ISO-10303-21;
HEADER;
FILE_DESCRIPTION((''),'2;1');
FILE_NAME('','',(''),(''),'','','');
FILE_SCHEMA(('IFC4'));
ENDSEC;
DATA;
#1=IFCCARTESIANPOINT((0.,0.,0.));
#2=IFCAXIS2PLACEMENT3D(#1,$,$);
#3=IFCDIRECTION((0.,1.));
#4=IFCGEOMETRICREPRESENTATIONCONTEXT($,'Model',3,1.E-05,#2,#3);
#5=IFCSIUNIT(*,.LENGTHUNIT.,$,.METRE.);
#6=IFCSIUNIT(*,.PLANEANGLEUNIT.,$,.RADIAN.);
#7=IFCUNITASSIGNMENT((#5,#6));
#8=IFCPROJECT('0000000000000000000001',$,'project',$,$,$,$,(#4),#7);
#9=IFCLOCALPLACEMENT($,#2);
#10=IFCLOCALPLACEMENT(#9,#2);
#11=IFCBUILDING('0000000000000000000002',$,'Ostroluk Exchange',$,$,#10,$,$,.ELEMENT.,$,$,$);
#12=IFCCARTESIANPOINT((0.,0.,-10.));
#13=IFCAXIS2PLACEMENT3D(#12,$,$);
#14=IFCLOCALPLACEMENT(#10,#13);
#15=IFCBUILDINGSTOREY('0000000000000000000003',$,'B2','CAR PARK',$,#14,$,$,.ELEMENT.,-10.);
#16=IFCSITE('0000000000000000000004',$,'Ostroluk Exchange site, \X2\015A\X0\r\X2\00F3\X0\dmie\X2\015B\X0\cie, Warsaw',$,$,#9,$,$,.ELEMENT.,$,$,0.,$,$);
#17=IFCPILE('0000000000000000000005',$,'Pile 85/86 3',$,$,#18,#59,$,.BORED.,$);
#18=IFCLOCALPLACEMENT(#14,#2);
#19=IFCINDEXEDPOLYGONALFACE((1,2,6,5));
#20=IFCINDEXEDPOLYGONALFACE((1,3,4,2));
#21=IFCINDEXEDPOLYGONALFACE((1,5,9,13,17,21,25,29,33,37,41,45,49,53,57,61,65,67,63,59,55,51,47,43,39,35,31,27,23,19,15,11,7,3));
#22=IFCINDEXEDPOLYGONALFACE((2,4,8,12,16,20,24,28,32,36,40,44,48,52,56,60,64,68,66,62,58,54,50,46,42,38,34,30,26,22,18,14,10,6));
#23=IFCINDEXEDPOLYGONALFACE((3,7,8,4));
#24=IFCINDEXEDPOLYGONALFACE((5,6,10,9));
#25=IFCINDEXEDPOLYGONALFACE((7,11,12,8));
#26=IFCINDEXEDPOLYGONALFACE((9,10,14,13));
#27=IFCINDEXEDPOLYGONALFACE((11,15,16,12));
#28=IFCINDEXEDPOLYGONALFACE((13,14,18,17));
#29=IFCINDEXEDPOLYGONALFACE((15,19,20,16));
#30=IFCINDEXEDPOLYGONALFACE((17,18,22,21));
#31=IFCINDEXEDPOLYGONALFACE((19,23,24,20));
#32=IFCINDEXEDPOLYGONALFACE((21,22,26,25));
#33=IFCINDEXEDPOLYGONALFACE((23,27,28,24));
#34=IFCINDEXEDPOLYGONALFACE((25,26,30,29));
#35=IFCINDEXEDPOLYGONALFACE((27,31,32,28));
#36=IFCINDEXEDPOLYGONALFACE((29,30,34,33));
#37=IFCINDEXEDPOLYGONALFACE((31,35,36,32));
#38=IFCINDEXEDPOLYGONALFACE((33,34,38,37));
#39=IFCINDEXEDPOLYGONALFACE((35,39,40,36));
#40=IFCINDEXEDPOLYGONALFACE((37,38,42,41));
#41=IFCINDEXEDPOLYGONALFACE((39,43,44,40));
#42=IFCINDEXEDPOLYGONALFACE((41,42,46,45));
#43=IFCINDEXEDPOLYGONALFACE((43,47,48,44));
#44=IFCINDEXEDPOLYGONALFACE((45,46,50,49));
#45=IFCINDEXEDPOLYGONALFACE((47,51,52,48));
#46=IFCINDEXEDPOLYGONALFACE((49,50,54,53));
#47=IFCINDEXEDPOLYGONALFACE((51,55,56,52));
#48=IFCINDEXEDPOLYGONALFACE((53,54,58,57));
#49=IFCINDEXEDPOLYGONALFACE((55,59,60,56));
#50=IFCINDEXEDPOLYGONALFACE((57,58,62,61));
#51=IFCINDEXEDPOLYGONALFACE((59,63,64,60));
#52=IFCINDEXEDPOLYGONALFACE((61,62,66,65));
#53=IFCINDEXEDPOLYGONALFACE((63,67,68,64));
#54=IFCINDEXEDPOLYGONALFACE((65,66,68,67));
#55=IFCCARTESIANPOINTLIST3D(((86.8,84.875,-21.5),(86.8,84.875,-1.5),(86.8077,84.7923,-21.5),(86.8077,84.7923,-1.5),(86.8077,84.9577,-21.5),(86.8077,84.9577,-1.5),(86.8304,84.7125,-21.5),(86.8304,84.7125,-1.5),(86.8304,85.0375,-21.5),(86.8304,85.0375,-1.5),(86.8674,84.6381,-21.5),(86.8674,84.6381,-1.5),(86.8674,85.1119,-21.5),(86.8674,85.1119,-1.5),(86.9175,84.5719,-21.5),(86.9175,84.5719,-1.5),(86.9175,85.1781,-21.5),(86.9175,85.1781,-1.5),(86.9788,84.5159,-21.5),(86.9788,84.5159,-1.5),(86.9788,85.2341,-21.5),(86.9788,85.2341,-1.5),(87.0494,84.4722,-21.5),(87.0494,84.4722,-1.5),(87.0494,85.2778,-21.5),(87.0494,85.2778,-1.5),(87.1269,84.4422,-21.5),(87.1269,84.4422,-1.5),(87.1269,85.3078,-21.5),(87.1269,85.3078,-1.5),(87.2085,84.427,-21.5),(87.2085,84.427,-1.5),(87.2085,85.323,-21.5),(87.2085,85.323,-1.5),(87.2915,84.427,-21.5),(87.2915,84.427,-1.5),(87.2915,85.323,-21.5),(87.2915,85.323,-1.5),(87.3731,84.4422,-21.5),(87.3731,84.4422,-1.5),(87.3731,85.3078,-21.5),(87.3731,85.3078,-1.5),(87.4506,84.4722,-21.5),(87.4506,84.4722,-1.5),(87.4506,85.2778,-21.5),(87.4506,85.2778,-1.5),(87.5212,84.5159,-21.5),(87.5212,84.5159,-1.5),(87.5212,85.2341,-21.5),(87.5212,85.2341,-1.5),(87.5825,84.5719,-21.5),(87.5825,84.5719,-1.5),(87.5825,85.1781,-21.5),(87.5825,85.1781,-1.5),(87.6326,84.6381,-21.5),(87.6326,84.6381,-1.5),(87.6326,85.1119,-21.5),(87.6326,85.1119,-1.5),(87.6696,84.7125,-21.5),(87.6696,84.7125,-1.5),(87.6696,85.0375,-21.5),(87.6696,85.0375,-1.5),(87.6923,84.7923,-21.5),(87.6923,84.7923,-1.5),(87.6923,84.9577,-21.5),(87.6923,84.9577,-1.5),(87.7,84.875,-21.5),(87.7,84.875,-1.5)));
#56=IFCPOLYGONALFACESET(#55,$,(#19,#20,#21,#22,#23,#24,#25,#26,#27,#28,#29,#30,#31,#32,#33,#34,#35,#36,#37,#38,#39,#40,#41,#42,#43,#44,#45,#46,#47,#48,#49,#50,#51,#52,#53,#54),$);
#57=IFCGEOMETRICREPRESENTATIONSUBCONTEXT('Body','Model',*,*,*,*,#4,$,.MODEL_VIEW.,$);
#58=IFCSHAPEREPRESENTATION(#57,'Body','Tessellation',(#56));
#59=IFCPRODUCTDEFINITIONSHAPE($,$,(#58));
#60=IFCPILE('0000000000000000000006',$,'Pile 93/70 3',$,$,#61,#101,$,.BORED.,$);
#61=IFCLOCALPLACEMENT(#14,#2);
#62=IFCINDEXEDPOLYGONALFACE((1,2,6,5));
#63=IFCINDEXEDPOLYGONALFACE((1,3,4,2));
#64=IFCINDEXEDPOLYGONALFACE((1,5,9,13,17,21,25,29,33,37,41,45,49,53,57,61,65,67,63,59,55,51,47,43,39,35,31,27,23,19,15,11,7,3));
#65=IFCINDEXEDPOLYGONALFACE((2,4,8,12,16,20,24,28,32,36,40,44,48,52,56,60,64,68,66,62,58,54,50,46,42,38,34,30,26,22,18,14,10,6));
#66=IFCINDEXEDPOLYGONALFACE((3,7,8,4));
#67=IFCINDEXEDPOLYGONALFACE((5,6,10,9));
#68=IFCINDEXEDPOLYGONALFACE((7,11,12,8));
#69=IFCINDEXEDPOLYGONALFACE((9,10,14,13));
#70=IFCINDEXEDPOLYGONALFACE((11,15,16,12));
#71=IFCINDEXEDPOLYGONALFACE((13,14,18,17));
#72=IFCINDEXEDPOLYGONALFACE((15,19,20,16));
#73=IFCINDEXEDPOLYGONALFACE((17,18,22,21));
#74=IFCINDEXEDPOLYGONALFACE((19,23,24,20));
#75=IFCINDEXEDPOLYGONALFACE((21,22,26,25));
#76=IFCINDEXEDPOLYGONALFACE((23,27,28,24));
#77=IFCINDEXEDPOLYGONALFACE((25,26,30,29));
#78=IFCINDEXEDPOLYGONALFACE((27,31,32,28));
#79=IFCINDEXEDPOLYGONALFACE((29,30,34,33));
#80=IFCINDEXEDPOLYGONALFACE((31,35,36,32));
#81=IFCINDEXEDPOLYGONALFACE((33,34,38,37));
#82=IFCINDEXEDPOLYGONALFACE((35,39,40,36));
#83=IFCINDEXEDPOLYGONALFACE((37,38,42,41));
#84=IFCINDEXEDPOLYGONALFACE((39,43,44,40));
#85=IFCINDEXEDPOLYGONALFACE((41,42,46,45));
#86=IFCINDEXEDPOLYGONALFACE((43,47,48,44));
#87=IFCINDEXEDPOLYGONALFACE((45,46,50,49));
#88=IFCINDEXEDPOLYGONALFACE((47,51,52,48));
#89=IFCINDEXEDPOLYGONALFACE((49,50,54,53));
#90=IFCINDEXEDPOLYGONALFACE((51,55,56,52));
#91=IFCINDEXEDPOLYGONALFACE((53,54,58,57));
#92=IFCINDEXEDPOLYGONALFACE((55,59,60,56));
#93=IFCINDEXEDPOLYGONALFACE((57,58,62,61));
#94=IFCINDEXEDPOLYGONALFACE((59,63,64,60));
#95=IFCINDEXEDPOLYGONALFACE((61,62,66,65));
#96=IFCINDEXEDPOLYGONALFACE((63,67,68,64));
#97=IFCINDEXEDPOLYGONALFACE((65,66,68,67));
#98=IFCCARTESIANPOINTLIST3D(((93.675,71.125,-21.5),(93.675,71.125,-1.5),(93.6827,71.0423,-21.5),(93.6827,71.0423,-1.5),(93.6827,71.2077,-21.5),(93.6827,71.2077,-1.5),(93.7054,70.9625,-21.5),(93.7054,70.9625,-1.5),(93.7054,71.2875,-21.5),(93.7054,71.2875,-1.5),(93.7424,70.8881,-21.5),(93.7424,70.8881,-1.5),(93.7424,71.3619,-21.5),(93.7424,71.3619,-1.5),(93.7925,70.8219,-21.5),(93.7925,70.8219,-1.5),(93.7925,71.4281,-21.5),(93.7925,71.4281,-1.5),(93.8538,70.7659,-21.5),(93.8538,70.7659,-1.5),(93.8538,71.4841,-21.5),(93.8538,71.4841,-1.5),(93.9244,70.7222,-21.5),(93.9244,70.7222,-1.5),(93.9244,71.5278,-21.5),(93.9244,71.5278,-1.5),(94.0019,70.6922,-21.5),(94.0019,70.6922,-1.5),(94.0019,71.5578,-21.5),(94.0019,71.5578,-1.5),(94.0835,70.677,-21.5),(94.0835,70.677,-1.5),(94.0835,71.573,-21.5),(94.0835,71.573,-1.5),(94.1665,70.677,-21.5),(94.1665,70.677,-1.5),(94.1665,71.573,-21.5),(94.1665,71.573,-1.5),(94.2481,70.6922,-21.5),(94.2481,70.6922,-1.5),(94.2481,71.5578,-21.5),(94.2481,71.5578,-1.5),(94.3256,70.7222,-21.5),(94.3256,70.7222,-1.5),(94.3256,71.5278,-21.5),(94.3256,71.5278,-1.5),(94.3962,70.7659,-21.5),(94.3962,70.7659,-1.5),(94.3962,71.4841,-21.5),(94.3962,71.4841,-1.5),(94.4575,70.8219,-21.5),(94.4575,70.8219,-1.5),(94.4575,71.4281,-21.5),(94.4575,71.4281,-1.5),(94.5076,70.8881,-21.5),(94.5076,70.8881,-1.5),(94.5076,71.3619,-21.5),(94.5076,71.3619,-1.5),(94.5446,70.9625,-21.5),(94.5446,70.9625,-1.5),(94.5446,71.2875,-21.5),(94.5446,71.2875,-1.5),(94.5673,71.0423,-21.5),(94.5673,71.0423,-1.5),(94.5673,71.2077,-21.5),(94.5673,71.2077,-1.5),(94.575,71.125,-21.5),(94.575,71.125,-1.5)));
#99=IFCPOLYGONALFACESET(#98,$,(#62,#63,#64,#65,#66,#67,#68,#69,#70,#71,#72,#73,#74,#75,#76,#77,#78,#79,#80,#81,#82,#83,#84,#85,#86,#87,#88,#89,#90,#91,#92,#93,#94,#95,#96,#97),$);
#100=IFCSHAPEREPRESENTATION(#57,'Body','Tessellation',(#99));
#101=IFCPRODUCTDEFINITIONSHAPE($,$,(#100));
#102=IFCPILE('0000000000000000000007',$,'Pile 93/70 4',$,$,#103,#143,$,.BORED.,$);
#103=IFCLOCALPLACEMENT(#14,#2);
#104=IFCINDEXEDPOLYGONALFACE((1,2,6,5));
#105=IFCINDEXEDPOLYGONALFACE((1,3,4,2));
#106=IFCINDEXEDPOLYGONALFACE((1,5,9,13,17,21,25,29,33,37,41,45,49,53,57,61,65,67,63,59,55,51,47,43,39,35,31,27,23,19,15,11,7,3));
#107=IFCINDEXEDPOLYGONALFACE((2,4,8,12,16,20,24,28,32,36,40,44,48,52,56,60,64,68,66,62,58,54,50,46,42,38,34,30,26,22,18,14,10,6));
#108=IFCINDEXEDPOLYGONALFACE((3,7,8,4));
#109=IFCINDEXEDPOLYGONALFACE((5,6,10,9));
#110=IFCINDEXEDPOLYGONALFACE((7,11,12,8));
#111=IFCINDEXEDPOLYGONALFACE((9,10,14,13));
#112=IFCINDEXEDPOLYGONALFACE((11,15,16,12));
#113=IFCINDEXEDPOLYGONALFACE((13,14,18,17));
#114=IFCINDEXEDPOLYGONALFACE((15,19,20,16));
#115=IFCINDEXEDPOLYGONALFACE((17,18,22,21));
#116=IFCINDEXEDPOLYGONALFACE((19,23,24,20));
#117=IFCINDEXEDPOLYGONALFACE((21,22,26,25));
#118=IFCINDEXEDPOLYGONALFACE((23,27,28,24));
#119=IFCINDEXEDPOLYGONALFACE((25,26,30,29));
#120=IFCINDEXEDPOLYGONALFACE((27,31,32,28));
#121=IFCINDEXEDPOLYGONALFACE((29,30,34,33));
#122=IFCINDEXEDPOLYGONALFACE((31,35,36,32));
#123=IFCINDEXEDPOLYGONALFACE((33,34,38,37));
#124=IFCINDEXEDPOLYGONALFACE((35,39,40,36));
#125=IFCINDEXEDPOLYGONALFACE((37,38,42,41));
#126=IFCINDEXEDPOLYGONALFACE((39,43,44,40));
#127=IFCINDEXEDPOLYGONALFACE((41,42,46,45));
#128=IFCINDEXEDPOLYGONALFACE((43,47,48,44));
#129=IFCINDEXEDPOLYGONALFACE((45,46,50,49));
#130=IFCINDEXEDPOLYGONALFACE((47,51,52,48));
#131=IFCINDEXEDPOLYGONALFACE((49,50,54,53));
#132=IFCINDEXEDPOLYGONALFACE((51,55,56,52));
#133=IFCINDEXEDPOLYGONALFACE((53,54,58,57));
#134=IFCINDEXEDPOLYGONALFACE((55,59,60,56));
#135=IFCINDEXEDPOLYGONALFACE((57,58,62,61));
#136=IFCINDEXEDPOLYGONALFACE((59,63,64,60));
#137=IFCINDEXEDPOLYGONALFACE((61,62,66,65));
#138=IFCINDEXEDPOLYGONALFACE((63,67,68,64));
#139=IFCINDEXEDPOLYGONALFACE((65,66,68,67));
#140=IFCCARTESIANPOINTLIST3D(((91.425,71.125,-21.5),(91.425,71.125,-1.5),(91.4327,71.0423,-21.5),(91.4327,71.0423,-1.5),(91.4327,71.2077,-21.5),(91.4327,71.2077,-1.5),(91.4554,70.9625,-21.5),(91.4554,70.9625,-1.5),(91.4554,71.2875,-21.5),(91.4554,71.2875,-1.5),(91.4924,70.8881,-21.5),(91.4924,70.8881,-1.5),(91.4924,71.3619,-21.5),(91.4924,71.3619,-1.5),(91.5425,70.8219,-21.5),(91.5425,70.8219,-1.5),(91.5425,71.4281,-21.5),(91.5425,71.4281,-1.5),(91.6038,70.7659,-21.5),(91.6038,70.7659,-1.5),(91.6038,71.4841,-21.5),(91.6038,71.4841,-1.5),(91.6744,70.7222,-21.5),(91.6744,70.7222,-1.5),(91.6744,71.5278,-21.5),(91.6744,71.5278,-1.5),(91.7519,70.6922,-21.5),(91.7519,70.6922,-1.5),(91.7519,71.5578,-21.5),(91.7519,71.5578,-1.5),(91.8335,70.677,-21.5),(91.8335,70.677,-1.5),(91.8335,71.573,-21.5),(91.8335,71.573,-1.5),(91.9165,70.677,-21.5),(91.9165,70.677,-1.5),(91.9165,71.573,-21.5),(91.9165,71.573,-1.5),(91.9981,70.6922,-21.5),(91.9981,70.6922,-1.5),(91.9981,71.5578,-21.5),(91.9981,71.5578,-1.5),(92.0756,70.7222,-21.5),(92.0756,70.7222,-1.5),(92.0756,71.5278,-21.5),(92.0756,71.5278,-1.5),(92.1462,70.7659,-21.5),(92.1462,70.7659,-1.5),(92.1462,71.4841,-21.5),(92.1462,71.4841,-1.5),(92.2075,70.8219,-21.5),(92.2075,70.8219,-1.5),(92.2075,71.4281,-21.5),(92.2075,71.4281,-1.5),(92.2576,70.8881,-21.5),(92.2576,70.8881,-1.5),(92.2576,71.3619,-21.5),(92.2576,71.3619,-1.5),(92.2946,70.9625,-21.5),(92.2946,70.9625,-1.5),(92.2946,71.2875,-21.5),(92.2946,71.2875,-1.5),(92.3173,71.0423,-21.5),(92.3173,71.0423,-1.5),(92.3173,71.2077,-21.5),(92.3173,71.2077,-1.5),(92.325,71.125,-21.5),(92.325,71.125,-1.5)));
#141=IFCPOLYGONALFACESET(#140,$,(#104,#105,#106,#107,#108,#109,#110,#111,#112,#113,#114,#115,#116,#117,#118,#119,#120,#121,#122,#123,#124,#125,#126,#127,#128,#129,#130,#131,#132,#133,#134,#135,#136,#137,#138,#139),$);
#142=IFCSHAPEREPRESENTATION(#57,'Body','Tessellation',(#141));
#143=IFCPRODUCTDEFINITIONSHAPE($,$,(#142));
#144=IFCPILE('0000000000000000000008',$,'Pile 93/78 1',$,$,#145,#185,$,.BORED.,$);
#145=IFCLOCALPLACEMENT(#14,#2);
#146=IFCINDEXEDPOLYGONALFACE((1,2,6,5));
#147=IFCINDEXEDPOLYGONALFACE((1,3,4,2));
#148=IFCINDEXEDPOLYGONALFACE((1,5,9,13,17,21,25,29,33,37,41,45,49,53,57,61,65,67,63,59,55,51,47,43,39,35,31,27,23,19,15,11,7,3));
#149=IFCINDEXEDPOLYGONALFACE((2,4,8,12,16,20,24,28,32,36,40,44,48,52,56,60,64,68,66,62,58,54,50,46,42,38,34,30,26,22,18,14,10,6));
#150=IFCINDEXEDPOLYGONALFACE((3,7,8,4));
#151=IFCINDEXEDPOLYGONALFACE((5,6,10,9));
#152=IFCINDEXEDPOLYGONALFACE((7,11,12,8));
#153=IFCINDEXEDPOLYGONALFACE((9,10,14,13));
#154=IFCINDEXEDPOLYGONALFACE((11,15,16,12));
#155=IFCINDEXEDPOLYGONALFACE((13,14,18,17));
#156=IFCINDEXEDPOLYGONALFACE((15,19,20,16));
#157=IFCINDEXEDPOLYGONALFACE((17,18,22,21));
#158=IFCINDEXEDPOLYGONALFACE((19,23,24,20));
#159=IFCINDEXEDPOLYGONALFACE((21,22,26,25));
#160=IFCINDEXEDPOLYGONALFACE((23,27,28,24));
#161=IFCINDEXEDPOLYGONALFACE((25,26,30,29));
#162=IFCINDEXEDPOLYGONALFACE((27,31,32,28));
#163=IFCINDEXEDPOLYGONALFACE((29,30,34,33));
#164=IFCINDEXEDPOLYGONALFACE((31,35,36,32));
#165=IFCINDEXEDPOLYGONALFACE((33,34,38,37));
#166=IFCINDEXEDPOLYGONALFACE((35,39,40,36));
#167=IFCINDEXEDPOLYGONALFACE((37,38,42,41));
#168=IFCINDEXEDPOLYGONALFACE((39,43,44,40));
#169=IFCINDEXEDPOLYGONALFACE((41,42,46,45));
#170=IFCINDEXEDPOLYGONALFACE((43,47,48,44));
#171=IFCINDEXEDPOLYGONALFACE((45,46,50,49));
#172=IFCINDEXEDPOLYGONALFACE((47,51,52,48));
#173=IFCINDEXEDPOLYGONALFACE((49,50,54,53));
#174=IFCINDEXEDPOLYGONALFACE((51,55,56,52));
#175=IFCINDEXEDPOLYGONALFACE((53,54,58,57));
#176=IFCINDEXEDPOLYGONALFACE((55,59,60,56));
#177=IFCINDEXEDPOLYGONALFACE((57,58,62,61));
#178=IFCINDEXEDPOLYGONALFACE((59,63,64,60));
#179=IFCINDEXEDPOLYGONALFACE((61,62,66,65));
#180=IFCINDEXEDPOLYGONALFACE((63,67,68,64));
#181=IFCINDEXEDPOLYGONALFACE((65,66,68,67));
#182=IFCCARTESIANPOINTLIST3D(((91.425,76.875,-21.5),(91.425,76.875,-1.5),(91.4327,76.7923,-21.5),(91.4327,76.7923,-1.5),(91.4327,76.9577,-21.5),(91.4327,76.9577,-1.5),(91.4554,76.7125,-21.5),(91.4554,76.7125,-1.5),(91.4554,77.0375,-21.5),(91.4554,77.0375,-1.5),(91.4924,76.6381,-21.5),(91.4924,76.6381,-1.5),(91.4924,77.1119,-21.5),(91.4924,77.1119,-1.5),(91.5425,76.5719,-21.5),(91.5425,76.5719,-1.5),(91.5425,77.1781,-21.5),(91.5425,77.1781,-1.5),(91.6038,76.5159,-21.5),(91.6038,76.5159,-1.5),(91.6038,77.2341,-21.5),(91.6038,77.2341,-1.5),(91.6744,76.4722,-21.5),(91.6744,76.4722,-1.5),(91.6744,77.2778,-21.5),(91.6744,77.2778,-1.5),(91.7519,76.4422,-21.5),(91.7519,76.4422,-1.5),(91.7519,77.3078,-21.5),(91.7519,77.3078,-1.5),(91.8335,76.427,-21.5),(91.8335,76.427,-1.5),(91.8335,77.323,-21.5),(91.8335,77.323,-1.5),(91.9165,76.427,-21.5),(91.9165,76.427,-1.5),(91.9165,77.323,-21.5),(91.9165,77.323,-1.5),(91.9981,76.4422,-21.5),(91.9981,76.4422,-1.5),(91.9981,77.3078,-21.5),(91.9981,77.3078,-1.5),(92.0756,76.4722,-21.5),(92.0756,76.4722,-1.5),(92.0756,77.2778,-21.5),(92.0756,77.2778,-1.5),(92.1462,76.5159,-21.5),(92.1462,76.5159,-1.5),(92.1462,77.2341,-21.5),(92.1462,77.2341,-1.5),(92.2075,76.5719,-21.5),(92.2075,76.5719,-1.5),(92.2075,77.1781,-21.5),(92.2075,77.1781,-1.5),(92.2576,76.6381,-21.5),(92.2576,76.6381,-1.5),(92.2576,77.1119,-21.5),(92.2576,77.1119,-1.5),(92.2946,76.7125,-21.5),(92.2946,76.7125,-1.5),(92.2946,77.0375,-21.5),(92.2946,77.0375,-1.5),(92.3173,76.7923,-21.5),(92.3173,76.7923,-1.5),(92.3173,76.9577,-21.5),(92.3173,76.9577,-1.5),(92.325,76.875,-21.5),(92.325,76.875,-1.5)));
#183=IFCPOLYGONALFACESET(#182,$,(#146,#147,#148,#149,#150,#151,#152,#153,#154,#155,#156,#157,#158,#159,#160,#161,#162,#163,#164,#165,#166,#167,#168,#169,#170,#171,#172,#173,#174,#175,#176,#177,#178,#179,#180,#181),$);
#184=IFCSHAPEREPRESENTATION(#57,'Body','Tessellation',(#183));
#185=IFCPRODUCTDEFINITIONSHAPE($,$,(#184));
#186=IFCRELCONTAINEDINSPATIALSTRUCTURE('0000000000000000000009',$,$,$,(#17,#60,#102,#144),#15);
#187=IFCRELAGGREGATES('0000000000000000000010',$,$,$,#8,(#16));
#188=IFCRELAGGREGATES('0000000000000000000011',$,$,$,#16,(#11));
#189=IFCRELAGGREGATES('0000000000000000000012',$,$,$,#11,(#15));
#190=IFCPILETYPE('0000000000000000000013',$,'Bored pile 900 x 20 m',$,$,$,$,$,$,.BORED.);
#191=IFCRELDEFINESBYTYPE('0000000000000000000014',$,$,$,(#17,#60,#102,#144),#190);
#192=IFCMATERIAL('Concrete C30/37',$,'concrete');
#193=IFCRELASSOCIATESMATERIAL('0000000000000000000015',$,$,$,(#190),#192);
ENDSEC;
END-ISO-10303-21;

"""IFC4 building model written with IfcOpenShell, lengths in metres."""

from ifc_helpers import new_model, si_unit, direction, frame, origin, origin_2d, place, context, subcontext, project, spatial, circle, extrude, material, type_object, element, save


model = new_model("IFC4")

# Units and contexts
model_context = context("Model", 3, precision=1e-05, world=origin(), true_north=direction((0.0, 1.0)))
body_context = subcontext(model_context, "Body", "Model", "MODEL_VIEW")
ifc_project = project(units=[si_unit("LENGTHUNIT", "METRE"), si_unit("PLANEANGLEUNIT", "RADIAN")], contexts=[model_context])

# Site, building, storey
site_placement = place(None, origin())
site = spatial("IfcSite", under=ifc_project, at=site_placement, Name="Ostroluk Exchange site, Śródmieście, Warsaw", CompositionType="ELEMENT", RefElevation=0.0)
building_placement = place(site_placement, origin())
building = spatial("IfcBuilding", under=site, at=building_placement, Name="Ostroluk Exchange", CompositionType="ELEMENT")
storey_placement = place(building_placement, frame((0.0, 0.0, -10.0)))
storey = spatial("IfcBuildingStorey", under=building, at=storey_placement, Name="B2", Description="CAR PARK", CompositionType="ELEMENT", Elevation=-10.0)

# Piles
ifc_material_1 = material(Name="Concrete C30/37", Category="concrete")
pile_type = type_object("IfcPileType", Name="Bored pile 900 x 20 m", PredefinedType="BORED", material=ifc_material_1)
for number, where, z_axis, x_axis, name in (
    (1, (87.25, 84.875, -1.5), (0.0, 0.0, -1.0), (1.0, 0.0, 0.0), "Pile 85/86 3"),
    (2, (94.125, 71.125, -1.5), (0.0, 0.0, -1.0), (1.0, 0.0, 0.0), "Pile 93/70 3"),
    (3, (91.875, 71.125, -1.5), (0.0, 0.0, -1.0), (1.0, 0.0, 0.0), "Pile 93/70 4"),
    (4, (91.875, 76.875, -1.5), (0.0, 0.0, -1.0), (1.0, 0.0, 0.0), "Pile 93/78 1"),
):
    element("IfcPile", number, at=place(storey_placement, frame(where, z_axis=z_axis, x_axis=x_axis)), inside=storey, type_object=pile_type, Name=name, PredefinedType="BORED", context=body_context, shape_type="SweptSolid", body=[
        extrude(circle(Radius=0.45, at=origin_2d()), origin(), (0.0, 0.0, 1.0), 20.0),
    ])

save(model, "model.ifc")
